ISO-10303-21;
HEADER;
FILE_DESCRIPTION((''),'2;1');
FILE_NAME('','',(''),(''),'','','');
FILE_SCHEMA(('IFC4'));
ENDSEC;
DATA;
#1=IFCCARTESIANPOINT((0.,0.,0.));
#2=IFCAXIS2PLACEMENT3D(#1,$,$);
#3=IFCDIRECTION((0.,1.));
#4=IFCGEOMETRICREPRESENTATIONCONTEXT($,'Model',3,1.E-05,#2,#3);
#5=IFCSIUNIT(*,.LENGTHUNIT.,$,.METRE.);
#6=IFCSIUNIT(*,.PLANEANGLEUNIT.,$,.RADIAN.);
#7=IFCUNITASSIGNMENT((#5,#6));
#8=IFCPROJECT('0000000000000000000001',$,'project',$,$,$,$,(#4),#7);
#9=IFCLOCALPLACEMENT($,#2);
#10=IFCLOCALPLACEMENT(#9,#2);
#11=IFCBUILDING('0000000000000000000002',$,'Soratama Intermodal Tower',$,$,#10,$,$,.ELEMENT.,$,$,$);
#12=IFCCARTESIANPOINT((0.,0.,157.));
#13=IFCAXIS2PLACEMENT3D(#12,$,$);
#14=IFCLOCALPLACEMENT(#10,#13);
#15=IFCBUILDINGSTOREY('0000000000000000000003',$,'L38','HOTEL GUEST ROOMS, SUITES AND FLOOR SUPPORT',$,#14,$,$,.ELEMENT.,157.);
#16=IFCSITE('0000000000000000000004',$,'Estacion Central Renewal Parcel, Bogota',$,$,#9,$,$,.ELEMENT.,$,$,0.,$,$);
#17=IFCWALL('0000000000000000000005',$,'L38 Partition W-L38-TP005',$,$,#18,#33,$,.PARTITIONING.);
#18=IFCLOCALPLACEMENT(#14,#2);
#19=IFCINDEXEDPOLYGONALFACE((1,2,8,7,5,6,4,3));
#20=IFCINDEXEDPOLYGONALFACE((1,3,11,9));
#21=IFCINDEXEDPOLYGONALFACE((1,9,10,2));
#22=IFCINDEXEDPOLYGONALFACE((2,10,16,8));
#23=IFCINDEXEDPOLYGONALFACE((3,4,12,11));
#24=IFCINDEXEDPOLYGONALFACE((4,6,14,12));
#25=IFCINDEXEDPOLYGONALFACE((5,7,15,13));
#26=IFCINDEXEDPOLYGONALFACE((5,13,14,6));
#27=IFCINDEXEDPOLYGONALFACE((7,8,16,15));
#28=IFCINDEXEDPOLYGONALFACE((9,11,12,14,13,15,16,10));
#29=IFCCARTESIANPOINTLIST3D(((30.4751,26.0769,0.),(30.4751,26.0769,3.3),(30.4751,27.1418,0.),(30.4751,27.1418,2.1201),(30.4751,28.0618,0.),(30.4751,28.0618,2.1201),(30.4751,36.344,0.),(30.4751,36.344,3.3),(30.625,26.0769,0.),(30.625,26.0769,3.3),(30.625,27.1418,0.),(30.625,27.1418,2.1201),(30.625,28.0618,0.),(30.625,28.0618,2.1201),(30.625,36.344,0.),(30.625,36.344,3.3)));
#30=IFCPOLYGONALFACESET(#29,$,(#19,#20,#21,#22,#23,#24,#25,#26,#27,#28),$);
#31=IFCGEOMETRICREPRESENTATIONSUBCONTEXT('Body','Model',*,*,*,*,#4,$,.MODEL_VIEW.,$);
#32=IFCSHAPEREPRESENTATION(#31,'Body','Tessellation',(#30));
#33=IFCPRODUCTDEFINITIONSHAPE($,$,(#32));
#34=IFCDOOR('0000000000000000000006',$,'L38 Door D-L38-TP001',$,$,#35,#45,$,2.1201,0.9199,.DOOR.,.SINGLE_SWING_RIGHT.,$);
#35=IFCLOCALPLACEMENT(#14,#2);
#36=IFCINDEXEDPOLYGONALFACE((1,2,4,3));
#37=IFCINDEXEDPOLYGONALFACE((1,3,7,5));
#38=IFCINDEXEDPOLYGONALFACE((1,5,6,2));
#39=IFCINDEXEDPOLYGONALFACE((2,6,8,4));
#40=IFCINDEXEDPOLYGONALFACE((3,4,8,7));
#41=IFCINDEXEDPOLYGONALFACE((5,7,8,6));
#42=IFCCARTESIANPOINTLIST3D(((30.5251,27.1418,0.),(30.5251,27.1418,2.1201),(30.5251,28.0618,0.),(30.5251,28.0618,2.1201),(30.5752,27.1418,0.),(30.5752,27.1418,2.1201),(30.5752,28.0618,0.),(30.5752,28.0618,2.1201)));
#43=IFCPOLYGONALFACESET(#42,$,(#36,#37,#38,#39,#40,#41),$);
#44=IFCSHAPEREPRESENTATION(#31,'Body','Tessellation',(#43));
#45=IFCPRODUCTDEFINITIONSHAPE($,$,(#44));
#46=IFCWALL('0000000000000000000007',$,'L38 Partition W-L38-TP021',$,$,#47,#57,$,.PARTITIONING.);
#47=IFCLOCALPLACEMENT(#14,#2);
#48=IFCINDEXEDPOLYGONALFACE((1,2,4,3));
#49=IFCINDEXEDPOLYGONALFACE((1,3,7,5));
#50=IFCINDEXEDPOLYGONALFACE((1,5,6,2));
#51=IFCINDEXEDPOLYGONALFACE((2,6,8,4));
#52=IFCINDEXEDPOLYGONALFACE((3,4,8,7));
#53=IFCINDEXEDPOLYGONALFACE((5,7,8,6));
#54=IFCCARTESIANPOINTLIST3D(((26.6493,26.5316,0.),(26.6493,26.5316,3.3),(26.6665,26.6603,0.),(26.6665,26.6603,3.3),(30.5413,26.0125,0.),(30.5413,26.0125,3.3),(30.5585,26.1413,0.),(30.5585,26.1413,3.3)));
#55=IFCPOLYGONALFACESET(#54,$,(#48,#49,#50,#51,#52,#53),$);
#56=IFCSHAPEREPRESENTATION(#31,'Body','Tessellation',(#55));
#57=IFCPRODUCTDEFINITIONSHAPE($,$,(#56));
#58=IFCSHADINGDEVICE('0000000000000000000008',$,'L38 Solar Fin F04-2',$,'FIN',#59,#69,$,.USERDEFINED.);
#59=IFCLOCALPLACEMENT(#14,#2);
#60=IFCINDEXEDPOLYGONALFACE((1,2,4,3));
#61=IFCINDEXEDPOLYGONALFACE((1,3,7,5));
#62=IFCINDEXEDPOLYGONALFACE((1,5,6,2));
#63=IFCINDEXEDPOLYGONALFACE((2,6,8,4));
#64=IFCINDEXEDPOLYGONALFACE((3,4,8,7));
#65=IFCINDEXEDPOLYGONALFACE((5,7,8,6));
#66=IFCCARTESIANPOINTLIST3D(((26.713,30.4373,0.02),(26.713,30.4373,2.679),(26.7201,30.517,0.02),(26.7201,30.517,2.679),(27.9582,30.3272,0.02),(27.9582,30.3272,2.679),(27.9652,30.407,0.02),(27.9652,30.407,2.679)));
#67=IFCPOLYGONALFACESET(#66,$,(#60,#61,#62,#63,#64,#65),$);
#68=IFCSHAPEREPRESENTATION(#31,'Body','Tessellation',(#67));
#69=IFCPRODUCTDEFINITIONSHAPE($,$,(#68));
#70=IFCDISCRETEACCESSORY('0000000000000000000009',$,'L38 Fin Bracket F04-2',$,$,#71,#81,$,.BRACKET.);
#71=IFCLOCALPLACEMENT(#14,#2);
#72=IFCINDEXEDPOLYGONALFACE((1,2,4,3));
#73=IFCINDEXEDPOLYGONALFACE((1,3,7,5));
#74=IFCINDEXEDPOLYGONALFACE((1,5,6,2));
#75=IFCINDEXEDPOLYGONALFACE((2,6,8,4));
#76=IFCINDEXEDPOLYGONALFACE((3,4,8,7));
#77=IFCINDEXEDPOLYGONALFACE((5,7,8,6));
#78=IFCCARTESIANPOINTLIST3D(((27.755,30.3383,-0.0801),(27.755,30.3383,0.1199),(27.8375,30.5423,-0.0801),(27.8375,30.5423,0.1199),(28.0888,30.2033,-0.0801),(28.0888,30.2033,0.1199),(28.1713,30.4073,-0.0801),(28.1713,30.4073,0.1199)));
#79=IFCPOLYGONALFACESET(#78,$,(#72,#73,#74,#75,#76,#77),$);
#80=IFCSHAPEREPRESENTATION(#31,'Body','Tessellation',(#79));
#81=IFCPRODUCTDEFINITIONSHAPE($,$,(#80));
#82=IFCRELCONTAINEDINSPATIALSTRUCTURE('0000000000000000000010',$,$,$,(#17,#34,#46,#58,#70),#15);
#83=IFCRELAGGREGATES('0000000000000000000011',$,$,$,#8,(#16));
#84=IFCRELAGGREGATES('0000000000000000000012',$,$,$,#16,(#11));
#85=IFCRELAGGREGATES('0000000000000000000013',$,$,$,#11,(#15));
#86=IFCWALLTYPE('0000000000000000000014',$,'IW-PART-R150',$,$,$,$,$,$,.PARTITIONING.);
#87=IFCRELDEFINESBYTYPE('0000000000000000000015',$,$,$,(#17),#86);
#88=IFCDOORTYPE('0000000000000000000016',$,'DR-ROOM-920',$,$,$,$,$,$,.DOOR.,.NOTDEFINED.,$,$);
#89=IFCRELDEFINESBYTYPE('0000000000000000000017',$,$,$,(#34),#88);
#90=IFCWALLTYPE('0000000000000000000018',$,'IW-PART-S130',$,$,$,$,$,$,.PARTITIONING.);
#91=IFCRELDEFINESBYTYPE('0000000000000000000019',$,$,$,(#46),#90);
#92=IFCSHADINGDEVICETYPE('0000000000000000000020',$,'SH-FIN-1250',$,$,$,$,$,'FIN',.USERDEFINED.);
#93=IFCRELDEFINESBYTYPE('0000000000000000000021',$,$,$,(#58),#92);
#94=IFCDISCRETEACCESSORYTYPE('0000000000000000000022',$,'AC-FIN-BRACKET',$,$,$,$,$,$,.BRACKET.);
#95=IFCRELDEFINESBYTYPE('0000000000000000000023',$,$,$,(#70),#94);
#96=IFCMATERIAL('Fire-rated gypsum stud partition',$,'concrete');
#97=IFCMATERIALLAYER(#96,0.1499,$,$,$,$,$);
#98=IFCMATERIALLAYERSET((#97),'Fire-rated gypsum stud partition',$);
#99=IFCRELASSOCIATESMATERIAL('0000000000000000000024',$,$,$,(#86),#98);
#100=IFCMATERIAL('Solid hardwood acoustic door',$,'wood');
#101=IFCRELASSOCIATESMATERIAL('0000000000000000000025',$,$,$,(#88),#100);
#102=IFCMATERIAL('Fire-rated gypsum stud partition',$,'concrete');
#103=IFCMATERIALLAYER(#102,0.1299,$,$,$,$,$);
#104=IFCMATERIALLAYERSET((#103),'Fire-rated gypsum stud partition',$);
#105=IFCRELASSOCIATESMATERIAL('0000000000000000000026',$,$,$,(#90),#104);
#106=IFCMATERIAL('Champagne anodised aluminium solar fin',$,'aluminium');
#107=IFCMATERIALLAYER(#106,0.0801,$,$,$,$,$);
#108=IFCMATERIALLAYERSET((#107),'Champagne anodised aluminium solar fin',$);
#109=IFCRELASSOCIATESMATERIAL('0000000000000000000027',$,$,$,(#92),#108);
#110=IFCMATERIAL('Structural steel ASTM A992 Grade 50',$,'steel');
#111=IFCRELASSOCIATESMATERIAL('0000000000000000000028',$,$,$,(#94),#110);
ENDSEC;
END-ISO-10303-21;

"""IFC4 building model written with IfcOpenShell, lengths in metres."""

from ifc_helpers import new_model, si_unit, direction, frame, frame_2d, origin, origin_2d, place, context, subcontext, project, spatial, rectangle, extrude, material, layer, layer_set, type_object, element, fill, save


model = new_model("IFC4")

# Units and contexts
model_context = context("Model", 3, precision=1e-05, world=origin(), true_north=direction((0.0, 1.0)))
body_context = subcontext(model_context, "Body", "Model", "MODEL_VIEW")
ifc_project = project(units=[si_unit("LENGTHUNIT", "METRE"), si_unit("PLANEANGLEUNIT", "RADIAN")], contexts=[model_context])

# Site, building, storey
site_placement = place(None, origin())
site = spatial("IfcSite", under=ifc_project, at=site_placement, Name="Estacion Central Renewal Parcel, Bogota", CompositionType="ELEMENT", RefElevation=0.0)
building_placement = place(site_placement, origin())
building = spatial("IfcBuilding", under=site, at=building_placement, Name="Soratama Intermodal Tower", CompositionType="ELEMENT")
storey_placement = place(building_placement, frame((0.0, 0.0, 157.0)))
storey = spatial("IfcBuildingStorey", under=building, at=storey_placement, Name="L38", Description="HOTEL GUEST ROOMS, SUITES AND FLOOR SUPPORT", CompositionType="ELEMENT", Elevation=157.0)

# Wall, opening, door
ifc_material_1 = material(Name="Fire-rated gypsum stud partition", Category="concrete")
ifc_layer_1 = layer(ifc_material_1, 0.1499)
ifc_layer_set_1 = layer_set([ifc_layer_1], Name="Fire-rated gypsum stud partition")
wall_type_1 = type_object("IfcWallType", Name="IW-PART-R150", PredefinedType="PARTITIONING", material=ifc_layer_set_1)
wall_1_placement = place(storey_placement, frame((30.55, 26.0769, 0.0), z_axis=(0.0, 0.0, 1.0), x_axis=(0.0, 1.0, 0.0)))
wall_1 = element("IfcWall", 1, at=wall_1_placement, inside=storey, type_object=wall_type_1, Name="L38 Partition W-L38-TP005", PredefinedType="PARTITIONING", context=body_context, shape_type="SweptSolid", body=[
    extrude(rectangle(XDim=10.2671, YDim=0.1499, at=frame_2d((5.1335, 0.0))), origin(), (0.0, 0.0, 1.0), 3.3),
])
opening_1_placement = place(wall_1_placement, frame((1.0649, 0.0, 0.0)))
opening_1 = element("IfcOpeningElement", 2, at=opening_1_placement, cuts=wall_1, PredefinedType="OPENING", context=body_context, shape_type="SweptSolid", body=[
    extrude(rectangle(XDim=0.9199, YDim=2.1201, at=frame_2d((0.46, 1.0601))), frame((0.0, 0.085, 0.0), z_axis=(0.0, -1.0, 0.0), x_axis=(1.0, 0.0, 0.0)), (0.0, 0.0, 1.0), 0.1699),
])
ifc_material_2 = material(Name="Solid hardwood acoustic door", Category="wood")
door_type_1 = type_object("IfcDoorType", Name="DR-ROOM-920", OperationType="NOTDEFINED", PredefinedType="DOOR", material=ifc_material_2)
door_1_placement = place(opening_1_placement, origin())
door_1 = element("IfcDoor", 3, at=door_1_placement, inside=storey, type_object=door_type_1, Name="L38 Door D-L38-TP001", OperationType="SINGLE_SWING_RIGHT", OverallHeight=2.1201, OverallWidth=0.9199, PredefinedType="DOOR", context=body_context, shape_type="SweptSolid", body=[
    extrude(rectangle(XDim=0.9199, YDim=2.1201, at=frame_2d((0.46, 1.0601))), frame((0.0, 0.0249, 0.0), z_axis=(0.0, -1.0, 0.0), x_axis=(1.0, 0.0, 0.0)), (0.0, 0.0, 1.0), 0.05),
])
fill(opening_1, door_1)

# Wall
ifc_material_3 = material(Name="Fire-rated gypsum stud partition", Category="concrete")
ifc_layer_2 = layer(ifc_material_3, 0.1299)
ifc_layer_set_2 = layer_set([ifc_layer_2], Name="Fire-rated gypsum stud partition")
wall_type_2 = type_object("IfcWallType", Name="IW-PART-S130", PredefinedType="PARTITIONING", material=ifc_layer_set_2)
wall_2_placement = place(storey_placement, frame((30.55, 26.0769, 0.0), z_axis=(0.0, 0.0, 1.0), x_axis=(-0.991225, 0.132188, 0.0)))
element("IfcWall", 4, at=wall_2_placement, inside=storey, type_object=wall_type_2, Name="L38 Partition W-L38-TP021", PredefinedType="PARTITIONING", context=body_context, shape_type="SweptSolid", body=[
    extrude(rectangle(XDim=3.9265, YDim=0.1299, at=frame_2d((1.9634, 0.0))), origin(), (0.0, 0.0, 1.0), 3.3),
])

# Shading device
ifc_material_4 = material(Name="Champagne anodised aluminium solar fin", Category="aluminium")
ifc_layer_3 = layer(ifc_material_4, 0.0801)
ifc_layer_set_3 = layer_set([ifc_layer_3], Name="Champagne anodised aluminium solar fin")
shading_device_type = type_object("IfcShadingDeviceType", Name="SH-FIN-1250", ElementType="FIN", PredefinedType="USERDEFINED", material=ifc_layer_set_3)
shading_device_placement = place(storey_placement, frame((27.3391, 30.4221, 0.02), z_axis=(0.0, 0.0, 1.0), x_axis=(-0.996118, 0.088025, 0.0)))
element("IfcShadingDevice", 5, at=shading_device_placement, inside=storey, type_object=shading_device_type, Name="L38 Solar Fin F04-2", ObjectType="FIN", PredefinedType="USERDEFINED", context=body_context, shape_type="SweptSolid", body=[
    extrude(rectangle(XDim=1.25, YDim=0.0801, at=origin_2d()), origin(), (0.0, 0.0, 1.0), 2.6589),
])

# Discrete accessory
ifc_material_5 = material(Name="Structural steel ASTM A992 Grade 50", Category="steel")
discrete_accessory_type = type_object("IfcDiscreteAccessoryType", Name="AC-FIN-BRACKET", PredefinedType="BRACKET", material=ifc_material_5)
discrete_accessory_placement = place(storey_placement, frame((27.9631, 30.3728, -0.0801), z_axis=(0.0, 0.0, 1.0), x_axis=(-0.927053, 0.37493, 0.0)))
element("IfcDiscreteAccessory", 6, at=discrete_accessory_placement, inside=storey, type_object=discrete_accessory_type, Name="L38 Fin Bracket F04-2", PredefinedType="BRACKET", context=body_context, shape_type="SweptSolid", body=[
    extrude(rectangle(XDim=0.3601, YDim=0.22, at=origin_2d()), origin(), (0.0, 0.0, 1.0), 0.2),
])

save(model, "model.ifc")
